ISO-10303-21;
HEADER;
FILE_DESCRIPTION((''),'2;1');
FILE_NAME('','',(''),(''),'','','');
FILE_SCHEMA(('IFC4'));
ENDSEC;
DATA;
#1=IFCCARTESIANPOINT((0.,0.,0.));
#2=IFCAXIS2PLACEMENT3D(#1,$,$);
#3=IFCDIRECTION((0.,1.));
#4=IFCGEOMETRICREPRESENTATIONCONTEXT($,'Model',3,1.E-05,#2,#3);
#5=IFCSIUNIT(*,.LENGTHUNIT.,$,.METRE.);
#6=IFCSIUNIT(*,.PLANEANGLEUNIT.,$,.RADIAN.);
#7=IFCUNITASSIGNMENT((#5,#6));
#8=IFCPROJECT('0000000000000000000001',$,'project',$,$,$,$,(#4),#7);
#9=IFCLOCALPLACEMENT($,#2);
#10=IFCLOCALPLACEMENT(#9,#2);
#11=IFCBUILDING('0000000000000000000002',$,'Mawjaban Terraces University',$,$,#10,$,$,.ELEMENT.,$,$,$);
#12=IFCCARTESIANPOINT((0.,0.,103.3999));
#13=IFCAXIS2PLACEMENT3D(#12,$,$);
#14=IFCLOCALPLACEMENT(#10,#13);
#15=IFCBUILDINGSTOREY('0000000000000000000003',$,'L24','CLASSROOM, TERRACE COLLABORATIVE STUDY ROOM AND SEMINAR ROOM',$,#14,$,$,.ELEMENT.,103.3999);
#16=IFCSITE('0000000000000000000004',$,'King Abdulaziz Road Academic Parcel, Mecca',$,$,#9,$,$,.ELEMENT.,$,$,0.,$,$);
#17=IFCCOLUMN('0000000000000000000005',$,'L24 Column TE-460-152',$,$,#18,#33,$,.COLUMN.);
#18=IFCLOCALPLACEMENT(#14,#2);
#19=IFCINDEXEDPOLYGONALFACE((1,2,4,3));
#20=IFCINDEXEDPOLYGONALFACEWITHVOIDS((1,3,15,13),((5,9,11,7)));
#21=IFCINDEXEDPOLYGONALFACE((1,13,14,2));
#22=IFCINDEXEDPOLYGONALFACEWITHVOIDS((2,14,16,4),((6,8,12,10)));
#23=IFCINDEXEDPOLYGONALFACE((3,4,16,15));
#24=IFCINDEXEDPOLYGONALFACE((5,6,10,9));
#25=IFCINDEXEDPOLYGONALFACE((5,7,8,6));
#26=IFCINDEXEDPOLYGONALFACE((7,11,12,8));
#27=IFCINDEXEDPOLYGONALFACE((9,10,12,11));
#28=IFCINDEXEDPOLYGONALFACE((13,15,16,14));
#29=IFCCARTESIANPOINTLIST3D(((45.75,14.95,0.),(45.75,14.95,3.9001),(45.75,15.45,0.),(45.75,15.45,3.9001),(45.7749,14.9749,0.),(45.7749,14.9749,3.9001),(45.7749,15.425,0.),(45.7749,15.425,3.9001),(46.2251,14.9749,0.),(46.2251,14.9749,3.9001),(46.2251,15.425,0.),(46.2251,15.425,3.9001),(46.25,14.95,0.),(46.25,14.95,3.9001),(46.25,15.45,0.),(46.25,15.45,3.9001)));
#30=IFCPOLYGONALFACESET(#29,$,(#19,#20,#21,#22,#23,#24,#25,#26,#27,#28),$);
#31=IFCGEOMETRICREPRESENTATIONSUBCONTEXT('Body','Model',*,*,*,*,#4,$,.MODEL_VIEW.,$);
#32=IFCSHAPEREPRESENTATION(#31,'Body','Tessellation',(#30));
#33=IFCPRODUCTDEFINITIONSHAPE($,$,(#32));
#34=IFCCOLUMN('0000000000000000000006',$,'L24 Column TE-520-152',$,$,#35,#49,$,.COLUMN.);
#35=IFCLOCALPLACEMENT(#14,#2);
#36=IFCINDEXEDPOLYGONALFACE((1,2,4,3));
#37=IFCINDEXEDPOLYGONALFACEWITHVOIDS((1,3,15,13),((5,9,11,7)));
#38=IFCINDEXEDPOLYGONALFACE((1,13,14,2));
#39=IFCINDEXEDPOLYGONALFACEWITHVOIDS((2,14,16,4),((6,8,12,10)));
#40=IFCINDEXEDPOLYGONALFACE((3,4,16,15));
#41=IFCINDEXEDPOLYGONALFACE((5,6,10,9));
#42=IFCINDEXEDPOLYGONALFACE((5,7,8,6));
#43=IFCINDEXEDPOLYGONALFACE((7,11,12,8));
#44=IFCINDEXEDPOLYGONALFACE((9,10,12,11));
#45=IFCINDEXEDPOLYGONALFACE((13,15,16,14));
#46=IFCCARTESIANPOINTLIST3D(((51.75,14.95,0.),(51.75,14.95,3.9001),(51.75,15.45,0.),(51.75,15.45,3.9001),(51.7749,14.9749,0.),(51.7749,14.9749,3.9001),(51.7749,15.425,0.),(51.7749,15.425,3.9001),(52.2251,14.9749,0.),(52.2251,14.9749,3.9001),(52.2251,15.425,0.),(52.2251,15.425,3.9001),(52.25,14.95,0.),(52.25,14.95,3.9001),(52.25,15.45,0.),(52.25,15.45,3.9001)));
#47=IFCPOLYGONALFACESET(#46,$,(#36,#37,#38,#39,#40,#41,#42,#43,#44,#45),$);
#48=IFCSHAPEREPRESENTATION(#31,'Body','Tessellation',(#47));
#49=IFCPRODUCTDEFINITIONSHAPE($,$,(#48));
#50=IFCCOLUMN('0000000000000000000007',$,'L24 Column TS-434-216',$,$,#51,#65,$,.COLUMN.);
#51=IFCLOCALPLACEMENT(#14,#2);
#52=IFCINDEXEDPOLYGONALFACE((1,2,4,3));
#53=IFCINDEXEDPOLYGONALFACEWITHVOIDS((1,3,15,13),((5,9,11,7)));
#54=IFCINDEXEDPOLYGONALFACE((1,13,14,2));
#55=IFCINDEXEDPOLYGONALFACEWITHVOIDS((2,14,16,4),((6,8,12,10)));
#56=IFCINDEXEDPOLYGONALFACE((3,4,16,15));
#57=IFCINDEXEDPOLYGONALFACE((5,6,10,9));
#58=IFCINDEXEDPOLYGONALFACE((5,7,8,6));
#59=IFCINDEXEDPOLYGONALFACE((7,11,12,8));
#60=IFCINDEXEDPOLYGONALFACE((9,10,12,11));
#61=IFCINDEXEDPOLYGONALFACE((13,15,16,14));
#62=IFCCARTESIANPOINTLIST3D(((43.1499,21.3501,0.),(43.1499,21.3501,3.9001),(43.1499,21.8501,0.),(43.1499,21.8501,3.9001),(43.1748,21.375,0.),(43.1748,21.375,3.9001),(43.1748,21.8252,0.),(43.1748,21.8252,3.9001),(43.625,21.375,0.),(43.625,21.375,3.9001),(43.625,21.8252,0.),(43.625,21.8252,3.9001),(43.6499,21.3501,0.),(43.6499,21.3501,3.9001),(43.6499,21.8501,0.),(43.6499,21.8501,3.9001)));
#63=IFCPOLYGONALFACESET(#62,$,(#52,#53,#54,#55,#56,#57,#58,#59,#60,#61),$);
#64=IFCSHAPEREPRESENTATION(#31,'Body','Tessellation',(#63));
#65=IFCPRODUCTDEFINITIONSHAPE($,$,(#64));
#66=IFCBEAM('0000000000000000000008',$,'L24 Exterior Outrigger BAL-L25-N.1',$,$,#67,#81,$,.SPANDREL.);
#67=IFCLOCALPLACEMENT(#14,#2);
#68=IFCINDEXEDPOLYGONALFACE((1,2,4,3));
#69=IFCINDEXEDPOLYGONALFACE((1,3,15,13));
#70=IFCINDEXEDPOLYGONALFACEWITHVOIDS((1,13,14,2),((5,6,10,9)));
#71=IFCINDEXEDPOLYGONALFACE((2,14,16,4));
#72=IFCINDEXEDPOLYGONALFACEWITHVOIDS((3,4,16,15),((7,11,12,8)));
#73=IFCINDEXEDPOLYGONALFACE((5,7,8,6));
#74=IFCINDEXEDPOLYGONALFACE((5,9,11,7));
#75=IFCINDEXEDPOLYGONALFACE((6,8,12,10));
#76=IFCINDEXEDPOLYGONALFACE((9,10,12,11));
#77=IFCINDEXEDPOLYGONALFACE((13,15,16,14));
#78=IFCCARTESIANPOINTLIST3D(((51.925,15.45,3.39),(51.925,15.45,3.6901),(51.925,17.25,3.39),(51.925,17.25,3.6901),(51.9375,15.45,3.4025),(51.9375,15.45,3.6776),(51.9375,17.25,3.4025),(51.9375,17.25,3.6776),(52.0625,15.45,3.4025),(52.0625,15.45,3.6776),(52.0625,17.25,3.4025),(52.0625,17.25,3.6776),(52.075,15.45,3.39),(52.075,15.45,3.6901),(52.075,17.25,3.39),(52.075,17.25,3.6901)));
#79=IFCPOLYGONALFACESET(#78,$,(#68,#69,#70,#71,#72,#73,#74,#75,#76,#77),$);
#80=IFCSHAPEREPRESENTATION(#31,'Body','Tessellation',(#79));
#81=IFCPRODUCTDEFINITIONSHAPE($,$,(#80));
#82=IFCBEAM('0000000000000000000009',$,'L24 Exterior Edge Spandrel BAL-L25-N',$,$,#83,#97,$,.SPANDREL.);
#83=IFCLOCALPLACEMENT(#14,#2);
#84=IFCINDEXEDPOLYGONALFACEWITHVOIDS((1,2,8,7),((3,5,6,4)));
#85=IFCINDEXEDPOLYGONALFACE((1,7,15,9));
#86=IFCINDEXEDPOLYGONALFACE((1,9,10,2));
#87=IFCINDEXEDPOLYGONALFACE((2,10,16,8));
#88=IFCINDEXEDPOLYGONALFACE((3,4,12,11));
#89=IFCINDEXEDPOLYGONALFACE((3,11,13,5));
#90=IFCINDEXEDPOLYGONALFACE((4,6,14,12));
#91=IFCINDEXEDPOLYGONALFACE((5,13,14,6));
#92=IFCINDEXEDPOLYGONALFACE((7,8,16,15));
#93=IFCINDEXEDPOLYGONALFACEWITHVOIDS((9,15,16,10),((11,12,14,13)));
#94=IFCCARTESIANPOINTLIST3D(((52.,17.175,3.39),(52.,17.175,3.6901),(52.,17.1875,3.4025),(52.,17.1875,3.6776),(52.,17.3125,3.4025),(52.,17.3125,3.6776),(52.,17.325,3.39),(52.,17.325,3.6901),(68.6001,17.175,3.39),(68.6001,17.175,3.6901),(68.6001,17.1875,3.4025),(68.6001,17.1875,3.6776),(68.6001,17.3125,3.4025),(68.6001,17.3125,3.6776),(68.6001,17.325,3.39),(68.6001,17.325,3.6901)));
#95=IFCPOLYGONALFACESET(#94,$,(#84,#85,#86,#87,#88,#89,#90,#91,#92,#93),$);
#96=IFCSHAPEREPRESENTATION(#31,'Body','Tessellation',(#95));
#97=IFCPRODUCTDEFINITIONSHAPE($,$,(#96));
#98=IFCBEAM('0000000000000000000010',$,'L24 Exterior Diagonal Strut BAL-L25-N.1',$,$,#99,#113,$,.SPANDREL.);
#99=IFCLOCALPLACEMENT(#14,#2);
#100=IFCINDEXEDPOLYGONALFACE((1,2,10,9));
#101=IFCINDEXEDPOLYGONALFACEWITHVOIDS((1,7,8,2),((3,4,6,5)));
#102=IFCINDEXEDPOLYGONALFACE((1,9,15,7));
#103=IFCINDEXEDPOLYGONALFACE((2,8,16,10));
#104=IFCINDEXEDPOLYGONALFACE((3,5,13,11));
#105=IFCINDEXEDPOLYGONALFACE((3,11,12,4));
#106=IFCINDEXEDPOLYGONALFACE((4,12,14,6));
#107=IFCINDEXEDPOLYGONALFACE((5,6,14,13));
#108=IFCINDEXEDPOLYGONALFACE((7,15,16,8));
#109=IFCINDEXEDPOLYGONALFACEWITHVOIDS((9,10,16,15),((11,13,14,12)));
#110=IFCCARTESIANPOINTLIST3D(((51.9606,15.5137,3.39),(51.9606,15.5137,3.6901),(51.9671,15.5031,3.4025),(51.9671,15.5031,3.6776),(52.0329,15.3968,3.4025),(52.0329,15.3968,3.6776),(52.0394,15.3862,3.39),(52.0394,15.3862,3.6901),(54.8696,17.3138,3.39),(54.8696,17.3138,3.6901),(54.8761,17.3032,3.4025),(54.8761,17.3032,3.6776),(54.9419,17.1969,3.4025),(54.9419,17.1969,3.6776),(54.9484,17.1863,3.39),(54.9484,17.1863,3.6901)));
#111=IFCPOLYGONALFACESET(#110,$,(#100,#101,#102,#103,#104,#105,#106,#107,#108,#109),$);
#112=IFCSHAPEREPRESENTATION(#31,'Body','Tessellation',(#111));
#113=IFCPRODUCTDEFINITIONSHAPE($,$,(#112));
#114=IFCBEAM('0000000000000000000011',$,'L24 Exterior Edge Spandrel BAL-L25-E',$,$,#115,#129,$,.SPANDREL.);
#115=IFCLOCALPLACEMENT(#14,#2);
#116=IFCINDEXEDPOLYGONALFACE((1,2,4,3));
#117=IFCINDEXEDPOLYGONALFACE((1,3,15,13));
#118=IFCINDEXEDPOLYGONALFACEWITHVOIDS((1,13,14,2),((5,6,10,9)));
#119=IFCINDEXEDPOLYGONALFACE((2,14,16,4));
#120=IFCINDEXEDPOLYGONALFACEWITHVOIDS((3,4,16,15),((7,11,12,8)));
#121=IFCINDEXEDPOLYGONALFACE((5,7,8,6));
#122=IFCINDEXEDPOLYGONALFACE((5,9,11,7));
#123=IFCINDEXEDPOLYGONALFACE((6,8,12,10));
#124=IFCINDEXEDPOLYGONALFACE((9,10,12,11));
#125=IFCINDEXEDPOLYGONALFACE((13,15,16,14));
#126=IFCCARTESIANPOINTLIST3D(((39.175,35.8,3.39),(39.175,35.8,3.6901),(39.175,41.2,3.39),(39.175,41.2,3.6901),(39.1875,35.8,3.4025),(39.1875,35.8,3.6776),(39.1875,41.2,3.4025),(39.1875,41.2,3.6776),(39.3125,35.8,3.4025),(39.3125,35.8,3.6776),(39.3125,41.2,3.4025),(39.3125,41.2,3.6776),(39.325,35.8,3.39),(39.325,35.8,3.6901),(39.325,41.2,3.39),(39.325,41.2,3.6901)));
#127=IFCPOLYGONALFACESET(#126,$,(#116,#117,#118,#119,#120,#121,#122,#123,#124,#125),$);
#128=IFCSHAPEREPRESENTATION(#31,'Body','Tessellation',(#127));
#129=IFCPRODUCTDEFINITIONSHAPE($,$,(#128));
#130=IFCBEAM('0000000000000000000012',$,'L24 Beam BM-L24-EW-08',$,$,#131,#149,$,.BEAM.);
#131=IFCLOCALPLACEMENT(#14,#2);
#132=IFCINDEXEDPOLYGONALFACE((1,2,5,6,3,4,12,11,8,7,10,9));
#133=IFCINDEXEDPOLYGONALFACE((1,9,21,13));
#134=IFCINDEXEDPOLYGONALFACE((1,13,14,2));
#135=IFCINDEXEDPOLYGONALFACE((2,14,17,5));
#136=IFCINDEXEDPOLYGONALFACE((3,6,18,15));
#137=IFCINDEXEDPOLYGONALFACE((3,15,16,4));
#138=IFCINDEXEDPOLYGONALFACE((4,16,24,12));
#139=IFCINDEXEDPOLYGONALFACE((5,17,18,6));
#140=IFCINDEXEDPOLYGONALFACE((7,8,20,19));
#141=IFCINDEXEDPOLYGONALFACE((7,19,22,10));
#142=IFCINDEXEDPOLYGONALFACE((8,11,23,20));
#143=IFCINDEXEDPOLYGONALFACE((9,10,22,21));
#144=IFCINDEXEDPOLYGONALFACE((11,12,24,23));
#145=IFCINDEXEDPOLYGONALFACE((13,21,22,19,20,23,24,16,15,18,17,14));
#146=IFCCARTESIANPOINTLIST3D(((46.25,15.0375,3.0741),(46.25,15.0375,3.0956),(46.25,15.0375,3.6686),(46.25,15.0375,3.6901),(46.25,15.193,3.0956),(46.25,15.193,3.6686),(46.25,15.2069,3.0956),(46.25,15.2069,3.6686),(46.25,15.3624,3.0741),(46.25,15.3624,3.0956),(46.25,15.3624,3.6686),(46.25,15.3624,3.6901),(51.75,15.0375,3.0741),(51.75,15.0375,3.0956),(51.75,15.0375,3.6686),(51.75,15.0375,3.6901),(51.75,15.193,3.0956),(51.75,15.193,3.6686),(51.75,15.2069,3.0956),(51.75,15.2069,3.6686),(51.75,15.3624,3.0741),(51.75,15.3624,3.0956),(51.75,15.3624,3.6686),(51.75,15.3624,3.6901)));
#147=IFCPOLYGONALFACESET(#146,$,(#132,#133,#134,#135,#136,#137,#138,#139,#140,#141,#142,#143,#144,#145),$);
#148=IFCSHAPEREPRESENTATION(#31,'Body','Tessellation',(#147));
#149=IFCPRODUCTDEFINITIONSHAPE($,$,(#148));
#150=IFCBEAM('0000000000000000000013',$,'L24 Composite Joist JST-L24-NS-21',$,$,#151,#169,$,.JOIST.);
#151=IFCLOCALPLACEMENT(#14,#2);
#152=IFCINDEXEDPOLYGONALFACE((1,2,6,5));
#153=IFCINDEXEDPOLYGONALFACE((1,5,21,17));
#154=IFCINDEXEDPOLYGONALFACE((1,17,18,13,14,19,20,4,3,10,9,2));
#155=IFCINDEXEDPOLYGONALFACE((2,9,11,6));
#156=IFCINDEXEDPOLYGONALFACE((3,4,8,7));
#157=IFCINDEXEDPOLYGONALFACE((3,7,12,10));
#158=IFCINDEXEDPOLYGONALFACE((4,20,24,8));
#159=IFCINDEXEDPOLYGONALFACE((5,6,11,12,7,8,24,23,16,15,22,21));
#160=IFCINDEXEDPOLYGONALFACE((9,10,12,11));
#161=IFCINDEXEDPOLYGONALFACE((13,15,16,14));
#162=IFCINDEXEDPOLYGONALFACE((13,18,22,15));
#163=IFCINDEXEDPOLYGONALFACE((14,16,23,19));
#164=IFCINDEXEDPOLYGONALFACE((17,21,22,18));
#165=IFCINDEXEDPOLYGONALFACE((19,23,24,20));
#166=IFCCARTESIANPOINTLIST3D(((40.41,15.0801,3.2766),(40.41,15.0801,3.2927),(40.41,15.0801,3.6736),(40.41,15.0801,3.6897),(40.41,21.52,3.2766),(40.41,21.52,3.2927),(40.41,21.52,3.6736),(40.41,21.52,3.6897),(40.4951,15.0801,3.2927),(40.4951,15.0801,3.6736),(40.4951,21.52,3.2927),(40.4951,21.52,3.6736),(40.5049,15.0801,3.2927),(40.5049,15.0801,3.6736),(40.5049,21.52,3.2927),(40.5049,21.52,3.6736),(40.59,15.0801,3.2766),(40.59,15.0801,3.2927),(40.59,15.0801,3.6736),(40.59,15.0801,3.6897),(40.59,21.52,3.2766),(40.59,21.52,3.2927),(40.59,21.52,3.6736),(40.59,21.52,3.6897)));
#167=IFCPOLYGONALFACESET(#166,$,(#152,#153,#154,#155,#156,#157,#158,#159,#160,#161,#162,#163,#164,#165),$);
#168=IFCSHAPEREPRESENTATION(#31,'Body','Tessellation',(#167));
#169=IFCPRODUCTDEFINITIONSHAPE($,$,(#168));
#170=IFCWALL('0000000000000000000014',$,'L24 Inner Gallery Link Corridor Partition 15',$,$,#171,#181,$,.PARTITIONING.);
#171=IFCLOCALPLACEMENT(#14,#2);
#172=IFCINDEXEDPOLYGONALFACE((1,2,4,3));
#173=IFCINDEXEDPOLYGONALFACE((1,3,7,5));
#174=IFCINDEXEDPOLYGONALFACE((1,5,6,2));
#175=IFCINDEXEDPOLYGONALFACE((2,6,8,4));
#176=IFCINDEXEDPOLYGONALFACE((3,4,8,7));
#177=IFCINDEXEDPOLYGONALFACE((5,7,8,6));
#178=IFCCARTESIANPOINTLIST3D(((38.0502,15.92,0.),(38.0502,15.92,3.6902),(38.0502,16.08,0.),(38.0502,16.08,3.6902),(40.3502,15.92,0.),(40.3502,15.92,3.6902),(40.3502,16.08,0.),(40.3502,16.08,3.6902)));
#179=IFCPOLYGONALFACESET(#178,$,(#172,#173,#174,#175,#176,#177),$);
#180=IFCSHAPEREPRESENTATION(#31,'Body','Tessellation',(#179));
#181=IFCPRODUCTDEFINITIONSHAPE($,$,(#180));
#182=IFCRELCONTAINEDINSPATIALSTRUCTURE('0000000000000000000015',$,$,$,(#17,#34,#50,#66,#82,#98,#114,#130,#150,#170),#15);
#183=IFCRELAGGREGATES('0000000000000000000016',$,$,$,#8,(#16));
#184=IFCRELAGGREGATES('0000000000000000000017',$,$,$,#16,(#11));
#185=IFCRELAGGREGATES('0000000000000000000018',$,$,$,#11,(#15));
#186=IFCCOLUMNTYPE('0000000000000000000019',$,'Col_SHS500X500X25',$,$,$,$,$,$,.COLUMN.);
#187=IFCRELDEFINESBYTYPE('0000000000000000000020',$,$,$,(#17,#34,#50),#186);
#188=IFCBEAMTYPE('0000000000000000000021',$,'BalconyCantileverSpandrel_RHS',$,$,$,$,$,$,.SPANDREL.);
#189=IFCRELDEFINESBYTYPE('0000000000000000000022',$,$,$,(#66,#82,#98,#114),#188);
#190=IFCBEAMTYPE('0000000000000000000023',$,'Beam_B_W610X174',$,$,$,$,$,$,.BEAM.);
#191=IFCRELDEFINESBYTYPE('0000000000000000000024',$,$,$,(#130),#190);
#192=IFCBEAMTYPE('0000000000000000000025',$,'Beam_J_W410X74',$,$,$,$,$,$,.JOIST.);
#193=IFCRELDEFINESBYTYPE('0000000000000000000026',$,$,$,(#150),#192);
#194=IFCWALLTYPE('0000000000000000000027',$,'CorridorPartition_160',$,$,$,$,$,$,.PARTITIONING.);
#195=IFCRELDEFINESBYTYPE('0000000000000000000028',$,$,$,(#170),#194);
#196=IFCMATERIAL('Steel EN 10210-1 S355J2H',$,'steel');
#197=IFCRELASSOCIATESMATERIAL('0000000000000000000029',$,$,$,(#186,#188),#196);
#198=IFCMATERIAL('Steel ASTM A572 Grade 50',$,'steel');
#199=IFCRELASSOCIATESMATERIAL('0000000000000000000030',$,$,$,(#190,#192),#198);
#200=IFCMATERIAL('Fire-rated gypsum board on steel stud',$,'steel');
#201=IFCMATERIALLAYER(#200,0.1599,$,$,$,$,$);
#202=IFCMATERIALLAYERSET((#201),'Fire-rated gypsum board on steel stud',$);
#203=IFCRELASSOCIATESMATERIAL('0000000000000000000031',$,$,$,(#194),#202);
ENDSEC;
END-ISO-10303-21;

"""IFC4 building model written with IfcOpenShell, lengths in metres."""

from ifc_helpers import new_model, si_unit, direction, frame, frame_2d, origin, origin_2d, place, context, subcontext, project, spatial, rectangle, hollow_rectangle, i_section, extrude, material, layer, layer_set, material_profile, profile_set, type_object, element, save


model = new_model("IFC4")

# Units and contexts
model_context = context("Model", 3, precision=1e-05, world=origin(), true_north=direction((0.0, 1.0)))
body_context = subcontext(model_context, "Body", "Model", "MODEL_VIEW")
ifc_project = project(units=[si_unit("LENGTHUNIT", "METRE"), si_unit("PLANEANGLEUNIT", "RADIAN")], contexts=[model_context])

# Site, building, storey
site_placement = place(None, origin())
site = spatial("IfcSite", under=ifc_project, at=site_placement, Name="King Abdulaziz Road Academic Parcel, Mecca", CompositionType="ELEMENT", RefElevation=0.0)
building_placement = place(site_placement, origin())
building = spatial("IfcBuilding", under=site, at=building_placement, Name="Mawjaban Terraces University", CompositionType="ELEMENT")
storey_placement = place(building_placement, frame((0.0, 0.0, 103.3999)))
storey = spatial("IfcBuildingStorey", under=building, at=storey_placement, Name="L24", Description="CLASSROOM, TERRACE COLLABORATIVE STUDY ROOM AND SEMINAR ROOM", CompositionType="ELEMENT", Elevation=103.3999)

# Columns
ifc_material_1 = material(Name="Steel EN 10210-1 S355J2H", Category="steel")
ifc_material_profile_1 = material_profile(ifc_material_1, hollow_rectangle(XDim=0.5, YDim=0.5, WallThickness=0.0249, at=origin_2d()), Name="SHS500X500X25")
ifc_profile_set_1 = profile_set([ifc_material_profile_1], Name="Steel EN 10210-1 S355J2H")
column_type = type_object("IfcColumnType", Name="Col_SHS500X500X25", PredefinedType="COLUMN", material=ifc_profile_set_1)
for number, where, z_axis, x_axis, name in (
    (1, (46.0, 15.2, 0.0), (0.0, 0.0, 1.0), (1.0, 0.0, 0.0), "L24 Column TE-460-152"),
    (2, (52.0, 15.2, 0.0), (0.0, 0.0, 1.0), (1.0, 0.0, 0.0), "L24 Column TE-520-152"),
    (3, (43.3999, 21.6001, 0.0), (0.0, 0.0, 1.0), (1.0, 0.0, 0.0), "L24 Column TS-434-216"),
):
    element("IfcColumn", number, at=place(storey_placement, frame(where, z_axis=z_axis, x_axis=x_axis)), inside=storey, type_object=column_type, Name=name, PredefinedType="COLUMN", context=body_context, shape_type="SweptSolid", body=[
        extrude(hollow_rectangle(XDim=0.5, YDim=0.5, WallThickness=0.0249, at=origin_2d()), origin(), (0.0, 0.0, 1.0), 3.9001),
    ])

# Beams
ifc_material_profile_2 = material_profile(ifc_material_1, hollow_rectangle(XDim=0.1499, YDim=0.3, WallThickness=0.0125, at=origin_2d()), Name="RHS300X150X12.5")
ifc_profile_set_2 = profile_set([ifc_material_profile_2], Name="Steel EN 10210-1 S355J2H")
beam_type_1 = type_object("IfcBeamType", Name="BalconyCantileverSpandrel_RHS", PredefinedType="SPANDREL", material=ifc_profile_set_2)
beam_1_placement = place(storey_placement, frame((52.0, 15.45, 3.54), z_axis=(0.0, 1.0, 0.0), x_axis=(-1.0, 0.0, 0.0)))
element("IfcBeam", 4, at=beam_1_placement, inside=storey, type_object=beam_type_1, Name="L24 Exterior Outrigger BAL-L25-N.1", PredefinedType="SPANDREL", context=body_context, shape_type="SweptSolid", body=[
    extrude(hollow_rectangle(XDim=0.1499, YDim=0.3, WallThickness=0.0125, at=origin_2d()), origin(), (0.0, 0.0, 1.0), 1.8),
])
beam_2_placement = place(storey_placement, frame((52.0, 17.25, 3.54), z_axis=(1.0, 0.0, 0.0), x_axis=(0.0, 1.0, 0.0)))
element("IfcBeam", 5, at=beam_2_placement, inside=storey, type_object=beam_type_1, Name="L24 Exterior Edge Spandrel BAL-L25-N", PredefinedType="SPANDREL", context=body_context, shape_type="SweptSolid", body=[
    extrude(hollow_rectangle(XDim=0.1499, YDim=0.3, WallThickness=0.0125, at=origin_2d()), origin(), (0.0, 0.0, 1.0), 16.6001),
])
beam_3_placement = place(storey_placement, frame((52.0, 15.45, 3.54), z_axis=(0.850359, 0.526202, 0.0), x_axis=(-0.526202, 0.850359, 0.0)))
element("IfcBeam", 6, at=beam_3_placement, inside=storey, type_object=beam_type_1, Name="L24 Exterior Diagonal Strut BAL-L25-N.1", PredefinedType="SPANDREL", context=body_context, shape_type="SweptSolid", body=[
    extrude(hollow_rectangle(XDim=0.1499, YDim=0.3, WallThickness=0.0125, at=origin_2d()), origin(), (0.0, 0.0, 1.0), 3.4209),
])
beam_4_placement = place(storey_placement, frame((39.25, 35.8, 3.54), z_axis=(0.0, 1.0, 0.0), x_axis=(-1.0, 0.0, 0.0)))
element("IfcBeam", 7, at=beam_4_placement, inside=storey, type_object=beam_type_1, Name="L24 Exterior Edge Spandrel BAL-L25-E", PredefinedType="SPANDREL", context=body_context, shape_type="SweptSolid", body=[
    extrude(hollow_rectangle(XDim=0.1499, YDim=0.3, WallThickness=0.0125, at=origin_2d()), origin(), (0.0, 0.0, 1.0), 5.3999),
])
ifc_material_2 = material(Name="Steel ASTM A572 Grade 50", Category="steel")
ifc_material_profile_3 = material_profile(ifc_material_2, i_section(OverallWidth=0.325, OverallDepth=0.616, WebThickness=0.0139, FlangeThickness=0.0215, at=origin_2d()), Name="W610X174")
ifc_profile_set_3 = profile_set([ifc_material_profile_3], Name="Steel ASTM A572 Grade 50")
beam_type_2 = type_object("IfcBeamType", Name="Beam_B_W610X174", PredefinedType="BEAM", material=ifc_profile_set_3)
beam_5_placement = place(storey_placement, frame((46.25, 15.2, 3.3821), z_axis=(1.0, 0.0, 0.0), x_axis=(0.0, 1.0, 0.0)))
element("IfcBeam", 8, at=beam_5_placement, inside=storey, type_object=beam_type_2, Name="L24 Beam BM-L24-EW-08", PredefinedType="BEAM", context=body_context, shape_type="SweptSolid", body=[
    extrude(i_section(OverallWidth=0.325, OverallDepth=0.616, WebThickness=0.0139, FlangeThickness=0.0215, at=origin_2d()), origin(), (0.0, 0.0, 1.0), 5.5),
])
ifc_material_profile_4 = material_profile(ifc_material_2, i_section(OverallWidth=0.1799, OverallDepth=0.4131, WebThickness=0.0098, FlangeThickness=0.0161, at=origin_2d()), Name="W410X74")
ifc_profile_set_4 = profile_set([ifc_material_profile_4], Name="Steel ASTM A572 Grade 50")
beam_type_3 = type_object("IfcBeamType", Name="Beam_J_W410X74", PredefinedType="JOIST", material=ifc_profile_set_4)
beam_6_placement = place(storey_placement, frame((40.5, 15.0801, 3.4832), z_axis=(0.0, 1.0, 0.0), x_axis=(-1.0, 0.0, 0.0)))
element("IfcBeam", 9, at=beam_6_placement, inside=storey, type_object=beam_type_3, Name="L24 Composite Joist JST-L24-NS-21", PredefinedType="JOIST", context=body_context, shape_type="SweptSolid", body=[
    extrude(i_section(OverallWidth=0.1799, OverallDepth=0.4131, WebThickness=0.0098, FlangeThickness=0.0161, at=origin_2d()), origin(), (0.0, 0.0, 1.0), 6.4399),
])

# Wall
ifc_material_3 = material(Name="Fire-rated gypsum board on steel stud", Category="steel")
ifc_layer_1 = layer(ifc_material_3, 0.1599)
ifc_layer_set_1 = layer_set([ifc_layer_1], Name="Fire-rated gypsum board on steel stud")
wall_type_1 = type_object("IfcWallType", Name="CorridorPartition_160", PredefinedType="PARTITIONING", material=ifc_layer_set_1)
wall_1_placement = place(storey_placement, frame((40.3501, 16.0, 0.0), z_axis=(0.0, 0.0, 1.0), x_axis=(-1.0, 0.0, 0.0)))
element("IfcWall", 10, at=wall_1_placement, inside=storey, type_object=wall_type_1, Name="L24 Inner Gallery Link Corridor Partition 15", PredefinedType="PARTITIONING", context=body_context, shape_type="SweptSolid", body=[
    extrude(rectangle(XDim=2.3, YDim=0.1599, at=frame_2d((1.1499, 0.0))), origin(), (0.0, 0.0, 1.0), 3.6902),
])

save(model, "model.ifc")
